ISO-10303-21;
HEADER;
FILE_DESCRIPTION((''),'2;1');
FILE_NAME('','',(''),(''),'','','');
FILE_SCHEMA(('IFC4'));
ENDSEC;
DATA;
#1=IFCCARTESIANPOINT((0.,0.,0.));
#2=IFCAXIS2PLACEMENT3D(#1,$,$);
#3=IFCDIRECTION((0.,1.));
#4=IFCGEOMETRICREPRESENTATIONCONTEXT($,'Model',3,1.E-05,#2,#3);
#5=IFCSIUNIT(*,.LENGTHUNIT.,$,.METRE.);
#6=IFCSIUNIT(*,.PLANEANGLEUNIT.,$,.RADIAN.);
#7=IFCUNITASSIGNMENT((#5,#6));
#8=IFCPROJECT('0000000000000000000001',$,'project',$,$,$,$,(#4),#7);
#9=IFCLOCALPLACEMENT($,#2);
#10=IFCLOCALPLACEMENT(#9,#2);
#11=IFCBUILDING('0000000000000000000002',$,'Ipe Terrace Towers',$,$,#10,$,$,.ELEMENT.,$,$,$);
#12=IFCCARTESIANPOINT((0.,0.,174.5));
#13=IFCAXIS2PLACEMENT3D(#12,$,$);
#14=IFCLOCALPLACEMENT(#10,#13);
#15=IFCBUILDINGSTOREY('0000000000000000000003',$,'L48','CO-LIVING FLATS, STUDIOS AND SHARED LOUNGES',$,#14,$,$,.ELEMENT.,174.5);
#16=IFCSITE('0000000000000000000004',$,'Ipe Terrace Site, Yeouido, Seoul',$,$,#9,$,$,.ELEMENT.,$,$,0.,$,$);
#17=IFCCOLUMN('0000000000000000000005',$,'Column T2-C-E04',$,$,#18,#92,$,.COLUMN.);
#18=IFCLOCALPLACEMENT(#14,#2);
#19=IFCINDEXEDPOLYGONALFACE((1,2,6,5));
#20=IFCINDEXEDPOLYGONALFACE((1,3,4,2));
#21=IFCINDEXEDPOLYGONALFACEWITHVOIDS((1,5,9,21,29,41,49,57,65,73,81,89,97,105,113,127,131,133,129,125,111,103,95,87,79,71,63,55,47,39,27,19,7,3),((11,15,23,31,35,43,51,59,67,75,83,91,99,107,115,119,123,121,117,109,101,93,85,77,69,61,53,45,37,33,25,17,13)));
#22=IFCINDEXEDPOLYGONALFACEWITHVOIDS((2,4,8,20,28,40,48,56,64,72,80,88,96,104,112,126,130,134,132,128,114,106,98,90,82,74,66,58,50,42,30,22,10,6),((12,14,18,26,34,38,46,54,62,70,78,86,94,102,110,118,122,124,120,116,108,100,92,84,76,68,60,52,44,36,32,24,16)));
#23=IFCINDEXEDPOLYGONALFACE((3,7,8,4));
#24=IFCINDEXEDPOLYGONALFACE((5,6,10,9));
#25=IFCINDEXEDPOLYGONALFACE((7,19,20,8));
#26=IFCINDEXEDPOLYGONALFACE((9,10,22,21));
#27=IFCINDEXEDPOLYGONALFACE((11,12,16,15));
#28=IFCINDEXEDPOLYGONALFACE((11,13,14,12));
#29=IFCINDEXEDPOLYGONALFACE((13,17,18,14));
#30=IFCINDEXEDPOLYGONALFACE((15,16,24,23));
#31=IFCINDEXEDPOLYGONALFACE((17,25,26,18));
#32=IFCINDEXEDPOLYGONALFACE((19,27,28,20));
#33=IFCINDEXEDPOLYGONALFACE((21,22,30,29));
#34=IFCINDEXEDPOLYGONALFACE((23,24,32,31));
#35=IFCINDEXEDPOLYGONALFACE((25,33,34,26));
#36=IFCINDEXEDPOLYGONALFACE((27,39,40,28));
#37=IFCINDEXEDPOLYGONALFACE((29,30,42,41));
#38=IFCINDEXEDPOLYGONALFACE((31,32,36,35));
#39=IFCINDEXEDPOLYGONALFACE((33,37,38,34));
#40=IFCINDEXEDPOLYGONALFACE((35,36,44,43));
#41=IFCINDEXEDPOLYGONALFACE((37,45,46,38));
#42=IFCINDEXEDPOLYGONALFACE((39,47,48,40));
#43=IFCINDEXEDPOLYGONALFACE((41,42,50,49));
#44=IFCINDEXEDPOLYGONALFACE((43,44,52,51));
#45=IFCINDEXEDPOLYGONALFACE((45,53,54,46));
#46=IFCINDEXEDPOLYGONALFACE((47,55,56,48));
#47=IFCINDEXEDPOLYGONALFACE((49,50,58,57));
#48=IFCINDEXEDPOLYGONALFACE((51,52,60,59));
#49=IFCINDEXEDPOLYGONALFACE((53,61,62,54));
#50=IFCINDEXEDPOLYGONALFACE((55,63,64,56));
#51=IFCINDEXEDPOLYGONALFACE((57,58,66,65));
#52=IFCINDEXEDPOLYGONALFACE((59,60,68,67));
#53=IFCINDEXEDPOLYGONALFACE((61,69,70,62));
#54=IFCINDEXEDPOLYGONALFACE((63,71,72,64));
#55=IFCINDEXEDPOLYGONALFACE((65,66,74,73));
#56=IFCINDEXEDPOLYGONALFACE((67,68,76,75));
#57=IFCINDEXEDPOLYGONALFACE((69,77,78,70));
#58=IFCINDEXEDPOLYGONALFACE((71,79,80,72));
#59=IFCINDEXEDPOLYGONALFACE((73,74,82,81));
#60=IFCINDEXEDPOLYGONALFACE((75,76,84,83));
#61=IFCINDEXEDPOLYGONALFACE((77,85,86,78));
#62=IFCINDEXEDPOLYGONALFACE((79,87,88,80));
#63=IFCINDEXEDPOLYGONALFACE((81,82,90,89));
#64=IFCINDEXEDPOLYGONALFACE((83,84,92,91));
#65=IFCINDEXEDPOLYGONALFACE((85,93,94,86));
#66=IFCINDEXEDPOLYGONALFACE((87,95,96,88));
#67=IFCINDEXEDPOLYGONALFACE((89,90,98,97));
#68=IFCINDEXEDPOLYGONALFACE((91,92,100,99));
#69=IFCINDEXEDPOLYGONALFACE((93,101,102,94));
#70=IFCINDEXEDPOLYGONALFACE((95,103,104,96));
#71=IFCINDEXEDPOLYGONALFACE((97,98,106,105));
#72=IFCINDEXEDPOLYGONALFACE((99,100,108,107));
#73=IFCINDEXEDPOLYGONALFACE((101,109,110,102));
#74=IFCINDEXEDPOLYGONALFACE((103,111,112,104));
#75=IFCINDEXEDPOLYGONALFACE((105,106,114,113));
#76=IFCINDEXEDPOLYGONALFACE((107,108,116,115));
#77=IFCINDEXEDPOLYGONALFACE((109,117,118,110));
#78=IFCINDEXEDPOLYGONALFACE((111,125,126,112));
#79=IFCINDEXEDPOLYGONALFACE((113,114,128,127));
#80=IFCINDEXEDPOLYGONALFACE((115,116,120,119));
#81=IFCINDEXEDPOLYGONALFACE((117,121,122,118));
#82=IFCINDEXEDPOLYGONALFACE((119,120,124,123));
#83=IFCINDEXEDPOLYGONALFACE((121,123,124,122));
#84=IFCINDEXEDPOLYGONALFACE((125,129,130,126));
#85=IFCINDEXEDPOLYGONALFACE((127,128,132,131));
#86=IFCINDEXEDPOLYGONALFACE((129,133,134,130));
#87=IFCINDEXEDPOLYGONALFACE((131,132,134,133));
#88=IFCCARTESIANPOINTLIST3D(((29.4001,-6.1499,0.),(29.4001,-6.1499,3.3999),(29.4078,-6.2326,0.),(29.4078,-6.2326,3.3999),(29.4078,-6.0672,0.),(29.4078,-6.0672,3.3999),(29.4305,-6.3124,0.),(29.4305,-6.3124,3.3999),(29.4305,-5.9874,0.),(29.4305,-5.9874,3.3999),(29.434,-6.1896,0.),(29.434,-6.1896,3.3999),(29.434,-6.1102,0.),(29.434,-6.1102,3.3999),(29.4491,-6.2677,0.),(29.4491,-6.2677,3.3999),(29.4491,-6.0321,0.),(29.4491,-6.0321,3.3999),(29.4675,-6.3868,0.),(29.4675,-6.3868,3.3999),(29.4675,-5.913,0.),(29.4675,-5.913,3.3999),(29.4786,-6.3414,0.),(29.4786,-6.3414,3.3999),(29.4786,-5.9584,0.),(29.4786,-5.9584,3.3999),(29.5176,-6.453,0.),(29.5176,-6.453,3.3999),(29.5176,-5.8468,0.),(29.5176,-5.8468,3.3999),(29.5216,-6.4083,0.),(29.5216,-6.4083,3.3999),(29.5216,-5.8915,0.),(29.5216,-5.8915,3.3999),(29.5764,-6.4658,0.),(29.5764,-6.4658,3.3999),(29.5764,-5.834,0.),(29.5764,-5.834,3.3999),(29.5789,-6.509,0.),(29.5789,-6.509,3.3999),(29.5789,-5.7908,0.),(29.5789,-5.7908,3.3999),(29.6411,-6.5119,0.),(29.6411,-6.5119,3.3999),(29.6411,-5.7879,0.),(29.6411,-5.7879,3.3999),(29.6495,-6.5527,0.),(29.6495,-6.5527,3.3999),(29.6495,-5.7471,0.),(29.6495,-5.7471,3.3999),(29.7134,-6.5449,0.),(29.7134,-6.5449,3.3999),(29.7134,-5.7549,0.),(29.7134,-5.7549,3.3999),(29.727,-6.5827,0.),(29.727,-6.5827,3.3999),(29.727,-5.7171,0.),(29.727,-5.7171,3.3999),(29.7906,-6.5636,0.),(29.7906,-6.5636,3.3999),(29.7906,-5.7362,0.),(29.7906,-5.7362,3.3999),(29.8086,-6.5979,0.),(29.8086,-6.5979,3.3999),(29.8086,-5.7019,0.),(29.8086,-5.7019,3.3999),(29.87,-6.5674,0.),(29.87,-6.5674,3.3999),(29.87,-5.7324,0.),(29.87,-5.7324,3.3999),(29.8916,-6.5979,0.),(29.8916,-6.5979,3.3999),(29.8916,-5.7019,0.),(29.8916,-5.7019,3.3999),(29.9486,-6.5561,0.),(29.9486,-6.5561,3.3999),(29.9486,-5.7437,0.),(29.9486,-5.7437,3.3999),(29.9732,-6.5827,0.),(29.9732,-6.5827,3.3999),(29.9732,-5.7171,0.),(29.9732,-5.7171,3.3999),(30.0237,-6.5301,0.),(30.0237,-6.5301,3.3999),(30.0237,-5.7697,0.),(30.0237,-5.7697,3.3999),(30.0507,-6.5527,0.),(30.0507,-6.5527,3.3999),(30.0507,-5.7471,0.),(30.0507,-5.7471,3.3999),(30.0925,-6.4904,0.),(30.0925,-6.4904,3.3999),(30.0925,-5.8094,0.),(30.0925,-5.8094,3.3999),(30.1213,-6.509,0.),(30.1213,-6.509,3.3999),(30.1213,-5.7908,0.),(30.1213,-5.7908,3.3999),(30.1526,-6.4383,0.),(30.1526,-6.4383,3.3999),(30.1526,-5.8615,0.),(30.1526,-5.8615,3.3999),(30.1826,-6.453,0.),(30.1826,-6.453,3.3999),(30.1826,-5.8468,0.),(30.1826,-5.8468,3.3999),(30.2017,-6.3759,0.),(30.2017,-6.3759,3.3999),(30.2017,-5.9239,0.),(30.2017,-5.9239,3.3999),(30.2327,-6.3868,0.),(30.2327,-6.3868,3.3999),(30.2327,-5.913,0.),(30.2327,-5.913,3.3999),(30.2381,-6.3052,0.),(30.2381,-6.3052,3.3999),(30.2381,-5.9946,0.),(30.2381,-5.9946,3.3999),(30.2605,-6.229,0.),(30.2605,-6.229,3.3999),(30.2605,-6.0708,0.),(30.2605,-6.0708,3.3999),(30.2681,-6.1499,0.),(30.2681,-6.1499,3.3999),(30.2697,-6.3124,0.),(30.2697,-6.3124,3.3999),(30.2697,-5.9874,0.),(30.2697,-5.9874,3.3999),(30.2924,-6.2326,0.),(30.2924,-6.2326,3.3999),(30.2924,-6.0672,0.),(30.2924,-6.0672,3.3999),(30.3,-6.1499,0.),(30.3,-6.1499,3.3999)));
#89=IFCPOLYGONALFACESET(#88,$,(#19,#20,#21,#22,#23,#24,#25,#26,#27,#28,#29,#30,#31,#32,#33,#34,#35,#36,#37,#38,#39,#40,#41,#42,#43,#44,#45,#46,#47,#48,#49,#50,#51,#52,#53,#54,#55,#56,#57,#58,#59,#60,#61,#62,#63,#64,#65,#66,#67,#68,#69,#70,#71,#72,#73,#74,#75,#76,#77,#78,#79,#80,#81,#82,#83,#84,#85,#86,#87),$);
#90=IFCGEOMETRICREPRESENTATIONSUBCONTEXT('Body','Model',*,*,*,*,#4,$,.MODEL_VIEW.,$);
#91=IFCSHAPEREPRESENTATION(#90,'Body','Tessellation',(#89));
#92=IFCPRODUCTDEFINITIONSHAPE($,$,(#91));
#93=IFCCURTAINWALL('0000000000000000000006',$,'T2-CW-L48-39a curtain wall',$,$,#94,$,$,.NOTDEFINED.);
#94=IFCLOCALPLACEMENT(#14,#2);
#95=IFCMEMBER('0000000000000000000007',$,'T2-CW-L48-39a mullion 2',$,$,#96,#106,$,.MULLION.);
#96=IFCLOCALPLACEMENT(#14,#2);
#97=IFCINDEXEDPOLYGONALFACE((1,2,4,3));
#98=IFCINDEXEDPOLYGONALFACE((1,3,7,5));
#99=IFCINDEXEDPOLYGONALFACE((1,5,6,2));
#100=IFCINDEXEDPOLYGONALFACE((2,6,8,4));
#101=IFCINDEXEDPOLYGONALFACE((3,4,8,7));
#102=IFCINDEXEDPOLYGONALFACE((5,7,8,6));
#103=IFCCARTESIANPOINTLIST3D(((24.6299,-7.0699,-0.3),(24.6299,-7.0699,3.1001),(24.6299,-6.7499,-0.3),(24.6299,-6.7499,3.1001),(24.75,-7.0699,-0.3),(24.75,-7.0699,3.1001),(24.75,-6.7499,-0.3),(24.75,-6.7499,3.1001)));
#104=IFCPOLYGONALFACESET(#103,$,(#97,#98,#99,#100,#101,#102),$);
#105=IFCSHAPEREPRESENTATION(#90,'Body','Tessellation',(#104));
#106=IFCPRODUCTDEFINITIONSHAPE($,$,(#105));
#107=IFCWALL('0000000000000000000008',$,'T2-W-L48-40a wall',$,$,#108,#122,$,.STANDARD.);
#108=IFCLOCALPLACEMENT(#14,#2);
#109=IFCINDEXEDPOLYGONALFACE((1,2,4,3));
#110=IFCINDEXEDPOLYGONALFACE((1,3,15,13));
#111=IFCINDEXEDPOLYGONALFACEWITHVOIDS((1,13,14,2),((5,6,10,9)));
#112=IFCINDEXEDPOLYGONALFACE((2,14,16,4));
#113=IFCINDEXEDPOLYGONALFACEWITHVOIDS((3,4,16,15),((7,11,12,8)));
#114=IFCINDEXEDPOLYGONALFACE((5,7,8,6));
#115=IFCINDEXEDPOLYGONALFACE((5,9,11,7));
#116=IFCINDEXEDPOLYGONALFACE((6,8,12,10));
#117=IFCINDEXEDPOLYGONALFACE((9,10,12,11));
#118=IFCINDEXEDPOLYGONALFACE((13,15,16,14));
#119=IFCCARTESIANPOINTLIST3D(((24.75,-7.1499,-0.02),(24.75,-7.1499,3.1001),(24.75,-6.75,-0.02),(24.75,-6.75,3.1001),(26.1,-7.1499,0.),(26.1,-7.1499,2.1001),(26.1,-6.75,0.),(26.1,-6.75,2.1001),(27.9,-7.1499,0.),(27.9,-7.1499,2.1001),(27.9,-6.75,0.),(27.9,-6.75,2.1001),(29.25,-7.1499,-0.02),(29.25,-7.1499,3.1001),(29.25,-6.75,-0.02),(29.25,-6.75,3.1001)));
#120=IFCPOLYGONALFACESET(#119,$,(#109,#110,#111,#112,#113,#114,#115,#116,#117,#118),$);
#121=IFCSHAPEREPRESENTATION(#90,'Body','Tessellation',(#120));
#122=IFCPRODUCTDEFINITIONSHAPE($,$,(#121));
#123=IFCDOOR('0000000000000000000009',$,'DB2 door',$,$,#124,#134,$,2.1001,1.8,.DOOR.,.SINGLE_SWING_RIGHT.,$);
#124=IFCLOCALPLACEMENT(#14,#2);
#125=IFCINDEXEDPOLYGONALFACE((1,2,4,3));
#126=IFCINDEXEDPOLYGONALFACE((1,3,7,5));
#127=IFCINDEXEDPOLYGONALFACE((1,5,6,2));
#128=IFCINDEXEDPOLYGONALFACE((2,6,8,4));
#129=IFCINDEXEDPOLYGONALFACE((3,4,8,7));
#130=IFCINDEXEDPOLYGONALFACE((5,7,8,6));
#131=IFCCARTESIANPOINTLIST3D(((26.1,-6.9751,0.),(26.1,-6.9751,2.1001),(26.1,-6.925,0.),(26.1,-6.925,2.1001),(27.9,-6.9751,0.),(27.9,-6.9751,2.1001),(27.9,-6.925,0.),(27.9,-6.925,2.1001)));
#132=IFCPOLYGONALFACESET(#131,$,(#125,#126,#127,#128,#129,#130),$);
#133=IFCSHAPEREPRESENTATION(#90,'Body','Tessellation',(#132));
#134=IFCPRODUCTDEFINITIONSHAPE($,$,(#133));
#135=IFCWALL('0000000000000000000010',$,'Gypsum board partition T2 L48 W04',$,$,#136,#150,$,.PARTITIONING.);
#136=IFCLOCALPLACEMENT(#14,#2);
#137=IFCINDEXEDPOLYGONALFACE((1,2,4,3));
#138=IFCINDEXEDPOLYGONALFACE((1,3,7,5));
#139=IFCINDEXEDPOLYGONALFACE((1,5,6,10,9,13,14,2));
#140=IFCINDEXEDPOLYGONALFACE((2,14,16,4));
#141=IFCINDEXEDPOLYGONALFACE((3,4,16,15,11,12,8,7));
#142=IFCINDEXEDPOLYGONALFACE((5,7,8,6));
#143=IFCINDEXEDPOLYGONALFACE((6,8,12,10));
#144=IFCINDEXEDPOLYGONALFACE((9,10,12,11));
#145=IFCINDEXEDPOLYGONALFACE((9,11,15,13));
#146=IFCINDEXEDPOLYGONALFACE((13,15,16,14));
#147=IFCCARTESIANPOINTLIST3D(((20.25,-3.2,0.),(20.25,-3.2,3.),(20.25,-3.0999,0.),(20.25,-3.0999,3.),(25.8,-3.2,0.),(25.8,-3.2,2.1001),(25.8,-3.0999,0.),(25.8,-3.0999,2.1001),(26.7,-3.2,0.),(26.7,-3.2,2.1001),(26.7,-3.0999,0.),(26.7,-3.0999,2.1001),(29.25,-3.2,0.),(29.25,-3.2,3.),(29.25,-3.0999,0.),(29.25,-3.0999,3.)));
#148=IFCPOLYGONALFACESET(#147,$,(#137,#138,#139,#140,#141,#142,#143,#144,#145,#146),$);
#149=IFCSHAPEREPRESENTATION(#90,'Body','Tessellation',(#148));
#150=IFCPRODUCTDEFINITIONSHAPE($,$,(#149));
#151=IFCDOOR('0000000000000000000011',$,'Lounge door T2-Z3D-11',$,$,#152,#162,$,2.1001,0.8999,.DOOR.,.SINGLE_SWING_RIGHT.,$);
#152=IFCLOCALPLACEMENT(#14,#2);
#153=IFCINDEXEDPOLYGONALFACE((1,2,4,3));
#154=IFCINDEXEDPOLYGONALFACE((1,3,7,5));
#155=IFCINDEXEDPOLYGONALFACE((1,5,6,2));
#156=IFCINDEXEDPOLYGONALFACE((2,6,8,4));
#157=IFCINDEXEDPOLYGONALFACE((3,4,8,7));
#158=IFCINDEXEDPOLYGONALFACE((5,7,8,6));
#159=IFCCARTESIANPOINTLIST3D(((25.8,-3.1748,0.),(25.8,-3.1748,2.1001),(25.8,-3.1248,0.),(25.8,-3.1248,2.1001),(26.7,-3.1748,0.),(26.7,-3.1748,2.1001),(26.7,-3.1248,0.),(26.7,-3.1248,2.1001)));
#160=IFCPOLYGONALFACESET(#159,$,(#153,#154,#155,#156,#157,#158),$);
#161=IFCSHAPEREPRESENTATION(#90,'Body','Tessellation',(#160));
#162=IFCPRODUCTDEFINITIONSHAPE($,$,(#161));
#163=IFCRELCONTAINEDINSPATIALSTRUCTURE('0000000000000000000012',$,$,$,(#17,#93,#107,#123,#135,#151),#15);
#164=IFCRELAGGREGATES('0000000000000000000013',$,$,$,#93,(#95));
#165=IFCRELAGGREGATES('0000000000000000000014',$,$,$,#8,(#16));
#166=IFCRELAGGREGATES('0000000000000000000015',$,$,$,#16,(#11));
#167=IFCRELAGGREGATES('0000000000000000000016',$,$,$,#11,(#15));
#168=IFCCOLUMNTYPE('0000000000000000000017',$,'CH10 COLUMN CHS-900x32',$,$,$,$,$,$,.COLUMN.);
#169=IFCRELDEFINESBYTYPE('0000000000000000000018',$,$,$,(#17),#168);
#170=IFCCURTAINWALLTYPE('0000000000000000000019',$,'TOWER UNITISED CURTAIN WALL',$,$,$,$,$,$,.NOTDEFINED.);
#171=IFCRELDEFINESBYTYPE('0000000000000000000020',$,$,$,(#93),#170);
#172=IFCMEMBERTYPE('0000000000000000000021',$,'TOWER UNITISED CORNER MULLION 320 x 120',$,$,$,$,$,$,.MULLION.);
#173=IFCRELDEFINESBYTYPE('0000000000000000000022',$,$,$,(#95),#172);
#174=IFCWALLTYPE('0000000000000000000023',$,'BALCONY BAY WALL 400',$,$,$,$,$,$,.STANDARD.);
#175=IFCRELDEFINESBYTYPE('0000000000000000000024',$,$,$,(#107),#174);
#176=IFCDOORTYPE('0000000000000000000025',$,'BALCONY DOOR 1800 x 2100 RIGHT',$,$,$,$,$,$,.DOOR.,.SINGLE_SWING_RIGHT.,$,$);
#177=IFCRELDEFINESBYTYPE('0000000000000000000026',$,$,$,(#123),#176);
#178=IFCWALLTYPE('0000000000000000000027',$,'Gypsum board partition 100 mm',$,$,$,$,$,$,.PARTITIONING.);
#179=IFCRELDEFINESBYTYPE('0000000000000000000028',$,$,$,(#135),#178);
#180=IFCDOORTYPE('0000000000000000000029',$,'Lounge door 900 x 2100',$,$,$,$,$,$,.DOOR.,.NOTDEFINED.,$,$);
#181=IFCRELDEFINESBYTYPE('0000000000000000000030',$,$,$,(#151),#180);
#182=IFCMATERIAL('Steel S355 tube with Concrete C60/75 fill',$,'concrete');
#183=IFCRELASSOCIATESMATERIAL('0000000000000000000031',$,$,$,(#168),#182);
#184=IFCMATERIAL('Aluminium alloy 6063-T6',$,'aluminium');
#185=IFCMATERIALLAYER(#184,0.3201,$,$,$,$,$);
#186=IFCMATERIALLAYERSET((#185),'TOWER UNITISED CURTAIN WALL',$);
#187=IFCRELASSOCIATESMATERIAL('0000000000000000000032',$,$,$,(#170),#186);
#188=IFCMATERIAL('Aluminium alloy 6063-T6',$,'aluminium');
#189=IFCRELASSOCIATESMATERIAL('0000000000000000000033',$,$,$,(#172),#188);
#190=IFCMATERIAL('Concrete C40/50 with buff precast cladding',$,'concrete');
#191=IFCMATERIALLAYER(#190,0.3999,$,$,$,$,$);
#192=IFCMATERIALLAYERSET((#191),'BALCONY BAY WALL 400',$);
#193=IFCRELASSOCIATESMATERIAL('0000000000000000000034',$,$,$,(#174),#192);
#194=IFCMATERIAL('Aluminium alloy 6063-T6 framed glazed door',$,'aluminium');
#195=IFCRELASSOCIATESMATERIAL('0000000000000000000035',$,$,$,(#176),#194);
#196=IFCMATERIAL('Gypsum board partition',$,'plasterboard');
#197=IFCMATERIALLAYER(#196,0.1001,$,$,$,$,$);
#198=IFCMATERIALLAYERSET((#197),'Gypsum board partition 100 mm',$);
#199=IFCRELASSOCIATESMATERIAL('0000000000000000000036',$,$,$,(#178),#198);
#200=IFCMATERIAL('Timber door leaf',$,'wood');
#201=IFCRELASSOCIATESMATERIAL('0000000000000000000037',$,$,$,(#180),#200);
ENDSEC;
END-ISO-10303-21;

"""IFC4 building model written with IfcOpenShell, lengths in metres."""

from ifc_helpers import new_model, si_unit, direction, frame, frame_2d, origin, origin_2d, place, context, subcontext, project, spatial, rectangle, hollow_circle, extrude, material, layer, layer_set, material_profile, profile_set, type_object, element, fill, aggregate, save


model = new_model("IFC4")

# Units and contexts
model_context = context("Model", 3, precision=1e-05, world=origin(), true_north=direction((0.0, 1.0)))
body_context = subcontext(model_context, "Body", "Model", "MODEL_VIEW")
ifc_project = project(units=[si_unit("LENGTHUNIT", "METRE"), si_unit("PLANEANGLEUNIT", "RADIAN")], contexts=[model_context])

# Site, building, storey
site_placement = place(None, origin())
site = spatial("IfcSite", under=ifc_project, at=site_placement, Name="Ipe Terrace Site, Yeouido, Seoul", CompositionType="ELEMENT", RefElevation=0.0)
building_placement = place(site_placement, origin())
building = spatial("IfcBuilding", under=site, at=building_placement, Name="Ipe Terrace Towers", CompositionType="ELEMENT")
storey_placement = place(building_placement, frame((0.0, 0.0, 174.5)))
storey = spatial("IfcBuildingStorey", under=building, at=storey_placement, Name="L48", Description="CO-LIVING FLATS, STUDIOS AND SHARED LOUNGES", CompositionType="ELEMENT", Elevation=174.5)

# Column
ifc_material_1 = material(Name="Steel S355 tube with Concrete C60/75 fill", Category="concrete")
ifc_material_profile_1 = material_profile(ifc_material_1, hollow_circle(Radius=0.45, WallThickness=0.032, at=origin_2d()), Name="CHS-900x32")
ifc_profile_set_1 = profile_set([ifc_material_profile_1], Name="Steel S355 tube with Concrete C60/75 fill")
column_type = type_object("IfcColumnType", Name="CH10 COLUMN CHS-900x32", PredefinedType="COLUMN", material=ifc_profile_set_1)
column_placement = place(storey_placement, frame((29.8501, -6.1499, 0.0), z_axis=(0.0, 0.0, 1.0), x_axis=(1.0, 0.0, 0.0)))
element("IfcColumn", 1, at=column_placement, inside=storey, type_object=column_type, Name="Column T2-C-E04", PredefinedType="COLUMN", context=body_context, shape_type="SweptSolid", body=[
    extrude(hollow_circle(Radius=0.45, WallThickness=0.032, at=origin_2d()), origin(), (0.0, 0.0, 1.0), 3.3999),
])

# Curtain wall, member
ifc_material_2 = material(Name="Aluminium alloy 6063-T6", Category="aluminium")
ifc_layer_1 = layer(ifc_material_2, 0.3201)
ifc_layer_set_1 = layer_set([ifc_layer_1], Name="TOWER UNITISED CURTAIN WALL")
curtain_wall_type = type_object("IfcCurtainWallType", Name="TOWER UNITISED CURTAIN WALL", PredefinedType="NOTDEFINED", material=ifc_layer_set_1)
curtain_wall_placement = place(storey_placement, origin())
curtain_wall = element("IfcCurtainWall", 2, at=curtain_wall_placement, inside=storey, type_object=curtain_wall_type, Name="T2-CW-L48-39a curtain wall", PredefinedType="NOTDEFINED")
ifc_material_3 = material(Name="Aluminium alloy 6063-T6", Category="aluminium")
ifc_material_profile_2 = material_profile(ifc_material_3, rectangle(XDim=0.3201, YDim=0.1201, at=origin_2d()), Name="TOWER UNITISED CORNER MULLION 320 x 120")
ifc_profile_set_2 = profile_set([ifc_material_profile_2], Name="Aluminium alloy 6063-T6")
member_type = type_object("IfcMemberType", Name="TOWER UNITISED CORNER MULLION 320 x 120", PredefinedType="MULLION", material=ifc_profile_set_2)
member_placement = place(storey_placement, frame((24.6899, -6.9099, -0.3), z_axis=(0.0, 0.0, 1.0), x_axis=(0.0, -1.0, 0.0)))
member = element("IfcMember", 3, at=member_placement, type_object=member_type, Name="T2-CW-L48-39a mullion 2", PredefinedType="MULLION", context=body_context, shape_type="SweptSolid", body=[
    extrude(rectangle(XDim=0.3201, YDim=0.1201, at=origin_2d()), origin(), (0.0, 0.0, 1.0), 3.4001),
])
aggregate(curtain_wall, [member])

# Walls, openings, doors
ifc_material_4 = material(Name="Concrete C40/50 with buff precast cladding", Category="concrete")
ifc_layer_2 = layer(ifc_material_4, 0.3999)
ifc_layer_set_2 = layer_set([ifc_layer_2], Name="BALCONY BAY WALL 400")
wall_type_1 = type_object("IfcWallType", Name="BALCONY BAY WALL 400", PredefinedType="STANDARD", material=ifc_layer_set_2)
wall_1_placement = place(storey_placement, frame((24.75, -6.95, -0.02), z_axis=(0.0, 0.0, 1.0), x_axis=(1.0, 0.0, 0.0)))
wall_1 = element("IfcWall", 4, at=wall_1_placement, inside=storey, type_object=wall_type_1, Name="T2-W-L48-40a wall", PredefinedType="STANDARD", context=body_context, shape_type="SweptSolid", body=[
    extrude(rectangle(XDim=4.5, YDim=0.3999, at=frame_2d((2.25, 0.0))), origin(), (0.0, 0.0, 1.0), 3.1201),
])
opening_1_placement = place(wall_1_placement, frame((1.3501, 0.0, 0.02)))
opening_1 = element("IfcOpeningElement", 5, at=opening_1_placement, cuts=wall_1, PredefinedType="OPENING", context=body_context, shape_type="SweptSolid", body=[
    extrude(rectangle(XDim=1.8, YDim=2.1001, at=frame_2d((0.8999, 1.05))), frame((0.0, 0.21, 0.0), z_axis=(0.0, -1.0, 0.0), x_axis=(1.0, 0.0, 0.0)), (0.0, 0.0, 1.0), 0.4199),
])
ifc_material_5 = material(Name="Aluminium alloy 6063-T6 framed glazed door", Category="aluminium")
door_type_1 = type_object("IfcDoorType", Name="BALCONY DOOR 1800 x 2100 RIGHT", OperationType="SINGLE_SWING_RIGHT", PredefinedType="DOOR", material=ifc_material_5)
door_1_placement = place(opening_1_placement, origin())
door_1 = element("IfcDoor", 6, at=door_1_placement, inside=storey, type_object=door_type_1, Name="DB2 door", OperationType="SINGLE_SWING_RIGHT", OverallHeight=2.1001, OverallWidth=1.8, PredefinedType="DOOR", context=body_context, shape_type="SweptSolid", body=[
    extrude(rectangle(XDim=1.8, YDim=2.1001, at=frame_2d((0.8999, 1.05))), frame((0.0, 0.0249, 0.0), z_axis=(0.0, -1.0, 0.0), x_axis=(1.0, 0.0, 0.0)), (0.0, 0.0, 1.0), 0.05),
])
fill(opening_1, door_1)
ifc_material_6 = material(Name="Gypsum board partition", Category="plasterboard")
ifc_layer_3 = layer(ifc_material_6, 0.1001)
ifc_layer_set_3 = layer_set([ifc_layer_3], Name="Gypsum board partition 100 mm")
wall_type_2 = type_object("IfcWallType", Name="Gypsum board partition 100 mm", PredefinedType="PARTITIONING", material=ifc_layer_set_3)
wall_2_placement = place(storey_placement, frame((29.25, -3.1499, 0.0), z_axis=(0.0, 0.0, 1.0), x_axis=(-1.0, 0.0, 0.0)))
wall_2 = element("IfcWall", 7, at=wall_2_placement, inside=storey, type_object=wall_type_2, Name="Gypsum board partition T2 L48 W04", PredefinedType="PARTITIONING", context=body_context, shape_type="SweptSolid", body=[
    extrude(rectangle(XDim=9.0, YDim=0.1001, at=frame_2d((4.5, 0.0))), origin(), (0.0, 0.0, 1.0), 3.0),
])
opening_2_placement = place(wall_2_placement, frame((2.55, 0.0, 0.0)))
opening_2 = element("IfcOpeningElement", 8, at=opening_2_placement, cuts=wall_2, PredefinedType="OPENING", context=body_context, shape_type="SweptSolid", body=[
    extrude(rectangle(XDim=0.8999, YDim=2.1001, at=frame_2d((0.45, 1.05))), frame((0.0, 0.0601, 0.0), z_axis=(0.0, -1.0, 0.0), x_axis=(1.0, 0.0, 0.0)), (0.0, 0.0, 1.0), 0.1201),
])
ifc_material_7 = material(Name="Timber door leaf", Category="wood")
door_type_2 = type_object("IfcDoorType", Name="Lounge door 900 x 2100", OperationType="NOTDEFINED", PredefinedType="DOOR", material=ifc_material_7)
door_2_placement = place(opening_2_placement, origin())
door_2 = element("IfcDoor", 9, at=door_2_placement, inside=storey, type_object=door_type_2, Name="Lounge door T2-Z3D-11", OperationType="SINGLE_SWING_RIGHT", OverallHeight=2.1001, OverallWidth=0.8999, PredefinedType="DOOR", context=body_context, shape_type="SweptSolid", body=[
    extrude(rectangle(XDim=0.8999, YDim=2.1001, at=frame_2d((0.45, 1.05))), frame((0.0, 0.0249, 0.0), z_axis=(0.0, -1.0, 0.0), x_axis=(1.0, 0.0, 0.0)), (0.0, 0.0, 1.0), 0.05),
])
fill(opening_2, door_2)

save(model, "model.ifc")
